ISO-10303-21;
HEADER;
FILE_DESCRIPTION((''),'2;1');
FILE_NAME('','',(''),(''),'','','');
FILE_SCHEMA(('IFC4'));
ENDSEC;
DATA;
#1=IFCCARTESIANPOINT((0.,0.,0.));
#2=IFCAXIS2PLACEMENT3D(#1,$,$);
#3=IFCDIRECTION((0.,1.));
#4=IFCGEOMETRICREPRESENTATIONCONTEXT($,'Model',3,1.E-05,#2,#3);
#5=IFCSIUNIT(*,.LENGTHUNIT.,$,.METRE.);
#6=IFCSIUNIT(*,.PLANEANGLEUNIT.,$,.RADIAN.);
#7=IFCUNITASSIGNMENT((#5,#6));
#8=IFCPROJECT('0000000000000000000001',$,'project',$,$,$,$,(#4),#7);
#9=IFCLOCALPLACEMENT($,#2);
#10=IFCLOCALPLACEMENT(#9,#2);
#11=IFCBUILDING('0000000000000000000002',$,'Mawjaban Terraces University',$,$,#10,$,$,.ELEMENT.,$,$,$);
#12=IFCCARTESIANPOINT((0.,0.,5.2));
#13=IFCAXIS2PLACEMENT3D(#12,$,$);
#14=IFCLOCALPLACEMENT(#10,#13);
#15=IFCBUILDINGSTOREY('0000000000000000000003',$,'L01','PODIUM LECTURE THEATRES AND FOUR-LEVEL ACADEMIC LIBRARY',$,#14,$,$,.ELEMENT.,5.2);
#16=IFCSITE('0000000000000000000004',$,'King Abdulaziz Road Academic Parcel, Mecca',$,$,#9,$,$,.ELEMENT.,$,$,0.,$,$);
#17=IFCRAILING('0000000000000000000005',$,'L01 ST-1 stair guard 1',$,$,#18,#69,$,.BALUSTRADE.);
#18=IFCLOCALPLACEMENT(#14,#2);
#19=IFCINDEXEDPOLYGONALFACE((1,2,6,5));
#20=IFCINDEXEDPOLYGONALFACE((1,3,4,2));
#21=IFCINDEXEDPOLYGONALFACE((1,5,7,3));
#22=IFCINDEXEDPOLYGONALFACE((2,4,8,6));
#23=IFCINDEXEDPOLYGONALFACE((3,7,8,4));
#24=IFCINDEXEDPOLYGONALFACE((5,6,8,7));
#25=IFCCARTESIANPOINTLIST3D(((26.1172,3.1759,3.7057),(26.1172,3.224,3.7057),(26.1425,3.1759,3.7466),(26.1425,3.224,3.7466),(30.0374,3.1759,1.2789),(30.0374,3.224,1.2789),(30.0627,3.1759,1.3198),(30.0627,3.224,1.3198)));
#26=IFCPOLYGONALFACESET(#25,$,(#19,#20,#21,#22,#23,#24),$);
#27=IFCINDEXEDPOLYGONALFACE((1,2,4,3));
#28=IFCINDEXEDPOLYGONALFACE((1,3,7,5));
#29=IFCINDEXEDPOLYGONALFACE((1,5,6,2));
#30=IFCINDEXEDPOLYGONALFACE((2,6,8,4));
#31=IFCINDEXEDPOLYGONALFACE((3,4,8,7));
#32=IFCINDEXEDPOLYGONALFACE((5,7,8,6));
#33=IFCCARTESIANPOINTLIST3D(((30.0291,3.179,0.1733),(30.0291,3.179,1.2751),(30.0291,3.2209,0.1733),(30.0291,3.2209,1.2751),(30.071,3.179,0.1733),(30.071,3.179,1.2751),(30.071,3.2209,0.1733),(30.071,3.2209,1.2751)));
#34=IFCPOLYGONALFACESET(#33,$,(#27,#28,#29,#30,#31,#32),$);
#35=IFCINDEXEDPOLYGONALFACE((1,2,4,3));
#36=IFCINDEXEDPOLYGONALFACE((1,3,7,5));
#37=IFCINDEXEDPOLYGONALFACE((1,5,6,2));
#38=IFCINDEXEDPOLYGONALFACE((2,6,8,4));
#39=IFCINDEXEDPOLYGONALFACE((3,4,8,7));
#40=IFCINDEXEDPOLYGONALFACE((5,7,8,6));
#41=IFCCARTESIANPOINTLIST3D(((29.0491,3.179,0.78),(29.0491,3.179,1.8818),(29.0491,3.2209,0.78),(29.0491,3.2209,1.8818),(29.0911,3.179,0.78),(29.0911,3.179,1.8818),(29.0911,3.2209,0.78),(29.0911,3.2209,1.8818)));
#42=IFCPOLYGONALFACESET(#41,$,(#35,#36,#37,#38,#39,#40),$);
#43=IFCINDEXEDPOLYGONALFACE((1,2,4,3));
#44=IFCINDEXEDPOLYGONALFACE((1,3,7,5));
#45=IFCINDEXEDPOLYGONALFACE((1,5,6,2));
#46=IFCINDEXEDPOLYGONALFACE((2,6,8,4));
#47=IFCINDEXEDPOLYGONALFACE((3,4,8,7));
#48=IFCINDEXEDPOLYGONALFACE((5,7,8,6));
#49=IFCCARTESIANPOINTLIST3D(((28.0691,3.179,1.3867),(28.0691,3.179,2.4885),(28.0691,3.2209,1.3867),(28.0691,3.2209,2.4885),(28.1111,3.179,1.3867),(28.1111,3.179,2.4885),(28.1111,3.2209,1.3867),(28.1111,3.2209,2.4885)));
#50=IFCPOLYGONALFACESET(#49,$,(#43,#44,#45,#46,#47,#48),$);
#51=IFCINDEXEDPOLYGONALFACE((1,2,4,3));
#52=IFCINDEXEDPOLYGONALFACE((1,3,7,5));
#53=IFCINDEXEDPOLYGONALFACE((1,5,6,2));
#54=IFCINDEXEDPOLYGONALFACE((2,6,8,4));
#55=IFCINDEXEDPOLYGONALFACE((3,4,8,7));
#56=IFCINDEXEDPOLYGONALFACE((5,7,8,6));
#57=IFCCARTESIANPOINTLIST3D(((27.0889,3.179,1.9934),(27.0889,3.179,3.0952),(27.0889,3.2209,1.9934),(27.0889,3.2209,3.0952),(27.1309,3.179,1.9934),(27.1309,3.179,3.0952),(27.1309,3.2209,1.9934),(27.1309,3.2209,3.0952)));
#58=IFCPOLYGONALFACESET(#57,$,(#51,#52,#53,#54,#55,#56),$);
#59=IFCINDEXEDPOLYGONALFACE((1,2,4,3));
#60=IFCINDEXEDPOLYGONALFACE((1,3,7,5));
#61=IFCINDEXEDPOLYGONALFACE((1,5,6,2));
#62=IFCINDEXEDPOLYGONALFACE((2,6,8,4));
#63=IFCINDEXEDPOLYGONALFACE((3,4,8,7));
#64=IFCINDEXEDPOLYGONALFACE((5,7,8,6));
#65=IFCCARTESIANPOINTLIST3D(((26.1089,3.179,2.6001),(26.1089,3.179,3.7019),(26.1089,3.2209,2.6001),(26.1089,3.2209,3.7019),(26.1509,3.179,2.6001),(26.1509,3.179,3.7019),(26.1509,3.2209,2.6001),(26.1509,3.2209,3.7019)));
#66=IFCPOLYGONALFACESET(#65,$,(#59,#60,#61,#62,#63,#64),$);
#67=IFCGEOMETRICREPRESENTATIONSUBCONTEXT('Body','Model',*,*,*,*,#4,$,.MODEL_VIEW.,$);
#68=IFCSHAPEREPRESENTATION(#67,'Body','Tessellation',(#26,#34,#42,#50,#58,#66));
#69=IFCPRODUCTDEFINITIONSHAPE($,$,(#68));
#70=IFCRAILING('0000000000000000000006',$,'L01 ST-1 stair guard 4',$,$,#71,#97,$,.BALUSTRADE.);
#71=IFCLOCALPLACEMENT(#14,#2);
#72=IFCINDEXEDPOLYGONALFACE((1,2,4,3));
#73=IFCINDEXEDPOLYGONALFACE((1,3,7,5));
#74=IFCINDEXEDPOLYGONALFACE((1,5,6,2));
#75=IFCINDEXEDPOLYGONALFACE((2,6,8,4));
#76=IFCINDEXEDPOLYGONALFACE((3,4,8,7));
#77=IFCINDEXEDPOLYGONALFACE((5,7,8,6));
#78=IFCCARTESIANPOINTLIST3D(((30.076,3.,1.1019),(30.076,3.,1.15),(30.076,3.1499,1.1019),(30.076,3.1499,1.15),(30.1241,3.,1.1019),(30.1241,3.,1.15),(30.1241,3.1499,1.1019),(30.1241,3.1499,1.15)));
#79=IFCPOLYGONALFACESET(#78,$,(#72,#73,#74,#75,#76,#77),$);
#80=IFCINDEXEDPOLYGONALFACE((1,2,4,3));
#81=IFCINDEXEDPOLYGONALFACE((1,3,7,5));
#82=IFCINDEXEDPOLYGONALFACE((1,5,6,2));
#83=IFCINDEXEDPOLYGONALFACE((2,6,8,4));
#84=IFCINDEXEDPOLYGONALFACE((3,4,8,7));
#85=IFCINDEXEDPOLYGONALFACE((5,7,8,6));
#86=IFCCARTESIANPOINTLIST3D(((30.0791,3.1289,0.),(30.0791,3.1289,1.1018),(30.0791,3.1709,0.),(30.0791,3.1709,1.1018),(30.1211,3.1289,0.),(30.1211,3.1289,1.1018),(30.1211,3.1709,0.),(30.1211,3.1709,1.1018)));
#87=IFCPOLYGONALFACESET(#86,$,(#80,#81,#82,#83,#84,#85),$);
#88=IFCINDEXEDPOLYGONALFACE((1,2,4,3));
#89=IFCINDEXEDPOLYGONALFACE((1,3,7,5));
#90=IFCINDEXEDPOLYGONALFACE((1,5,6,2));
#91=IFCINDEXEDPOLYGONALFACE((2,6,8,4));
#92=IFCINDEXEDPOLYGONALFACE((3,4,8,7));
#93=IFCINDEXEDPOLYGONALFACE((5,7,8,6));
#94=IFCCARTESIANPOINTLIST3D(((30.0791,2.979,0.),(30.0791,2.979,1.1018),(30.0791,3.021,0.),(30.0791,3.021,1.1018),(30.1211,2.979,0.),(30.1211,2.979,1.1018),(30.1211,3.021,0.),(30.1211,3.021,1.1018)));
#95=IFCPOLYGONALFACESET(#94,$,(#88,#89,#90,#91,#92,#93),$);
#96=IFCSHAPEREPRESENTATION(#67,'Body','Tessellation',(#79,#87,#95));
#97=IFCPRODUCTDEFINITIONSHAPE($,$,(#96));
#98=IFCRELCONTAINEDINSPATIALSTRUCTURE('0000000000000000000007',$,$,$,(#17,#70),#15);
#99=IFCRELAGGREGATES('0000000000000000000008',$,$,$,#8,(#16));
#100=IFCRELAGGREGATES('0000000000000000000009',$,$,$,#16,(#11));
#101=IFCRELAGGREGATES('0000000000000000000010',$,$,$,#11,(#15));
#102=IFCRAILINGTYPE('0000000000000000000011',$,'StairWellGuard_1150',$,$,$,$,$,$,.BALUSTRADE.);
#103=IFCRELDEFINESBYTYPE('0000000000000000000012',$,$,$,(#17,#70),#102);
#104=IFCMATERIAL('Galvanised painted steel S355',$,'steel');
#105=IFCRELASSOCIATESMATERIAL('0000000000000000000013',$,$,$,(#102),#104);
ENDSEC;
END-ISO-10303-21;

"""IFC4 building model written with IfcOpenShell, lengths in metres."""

from ifc_helpers import new_model, si_unit, direction, frame, origin, origin_2d, place, context, subcontext, project, spatial, rectangle, extrude, material, type_object, element, save


model = new_model("IFC4")

# Units and contexts
model_context = context("Model", 3, precision=1e-05, world=origin(), true_north=direction((0.0, 1.0)))
body_context = subcontext(model_context, "Body", "Model", "MODEL_VIEW")
ifc_project = project(units=[si_unit("LENGTHUNIT", "METRE"), si_unit("PLANEANGLEUNIT", "RADIAN")], contexts=[model_context])

# Site, building, storey
site_placement = place(None, origin())
site = spatial("IfcSite", under=ifc_project, at=site_placement, Name="King Abdulaziz Road Academic Parcel, Mecca", CompositionType="ELEMENT", RefElevation=0.0)
building_placement = place(site_placement, origin())
building = spatial("IfcBuilding", under=site, at=building_placement, Name="Mawjaban Terraces University", CompositionType="ELEMENT")
storey_placement = place(building_placement, frame((0.0, 0.0, 5.2)))
storey = spatial("IfcBuildingStorey", under=building, at=storey_placement, Name="L01", Description="PODIUM LECTURE THEATRES AND FOUR-LEVEL ACADEMIC LIBRARY", CompositionType="ELEMENT", Elevation=5.2)

# Railings
ifc_material_1 = material(Name="Galvanised painted steel S355", Category="steel")
railing_type_1 = type_object("IfcRailingType", Name="StairWellGuard_1150", PredefinedType="BALUSTRADE", material=ifc_material_1)
railing_1_placement = place(storey_placement, frame((30.05, 3.2, 0.1733)))
element("IfcRailing", 1, at=railing_1_placement, inside=storey, type_object=railing_type_1, Name="L01 ST-1 stair guard 1", PredefinedType="BALUSTRADE", context=body_context, shape_type="SweptSolid", body=[
    extrude(rectangle(XDim=0.0481, YDim=0.0481, at=origin_2d()), frame((0.0, 0.0, 1.126), z_axis=(-0.850266, 0.0, 0.526353), x_axis=(0.0, -1.0, 0.0)), (0.0, 0.0, 1.0), 4.6106),
    extrude(rectangle(XDim=0.042, YDim=0.042, at=origin_2d()), origin(), (0.0, 0.0, 1.0), 1.1018),
    extrude(rectangle(XDim=0.042, YDim=0.042, at=origin_2d()), frame((-0.98, 0.0, 0.6067)), (0.0, 0.0, 1.0), 1.1018),
    extrude(rectangle(XDim=0.042, YDim=0.042, at=origin_2d()), frame((-1.96, 0.0, 1.2134)), (0.0, 0.0, 1.0), 1.1018),
    extrude(rectangle(XDim=0.042, YDim=0.042, at=origin_2d()), frame((-2.9402, 0.0, 1.8201)), (0.0, 0.0, 1.0), 1.1018),
    extrude(rectangle(XDim=0.042, YDim=0.042, at=origin_2d()), frame((-3.9202, 0.0, 2.4268)), (0.0, 0.0, 1.0), 1.1018),
])
railing_2_placement = place(storey_placement, frame((30.1001, 3.1499, 0.0)))
element("IfcRailing", 2, at=railing_2_placement, inside=storey, type_object=railing_type_1, Name="L01 ST-1 stair guard 4", PredefinedType="BALUSTRADE", context=body_context, shape_type="SweptSolid", body=[
    extrude(rectangle(XDim=0.0481, YDim=0.0481, at=origin_2d()), frame((0.0, 0.0, 1.126), z_axis=(0.0, -1.0, 0.0), x_axis=(1.0, 0.0, 0.0)), (0.0, 0.0, 1.0), 0.1499),
    extrude(rectangle(XDim=0.042, YDim=0.042, at=origin_2d()), origin(), (0.0, 0.0, 1.0), 1.1018),
    extrude(rectangle(XDim=0.042, YDim=0.042, at=origin_2d()), frame((0.0, -0.1499, 0.0)), (0.0, 0.0, 1.0), 1.1018),
])

save(model, "model.ifc")
